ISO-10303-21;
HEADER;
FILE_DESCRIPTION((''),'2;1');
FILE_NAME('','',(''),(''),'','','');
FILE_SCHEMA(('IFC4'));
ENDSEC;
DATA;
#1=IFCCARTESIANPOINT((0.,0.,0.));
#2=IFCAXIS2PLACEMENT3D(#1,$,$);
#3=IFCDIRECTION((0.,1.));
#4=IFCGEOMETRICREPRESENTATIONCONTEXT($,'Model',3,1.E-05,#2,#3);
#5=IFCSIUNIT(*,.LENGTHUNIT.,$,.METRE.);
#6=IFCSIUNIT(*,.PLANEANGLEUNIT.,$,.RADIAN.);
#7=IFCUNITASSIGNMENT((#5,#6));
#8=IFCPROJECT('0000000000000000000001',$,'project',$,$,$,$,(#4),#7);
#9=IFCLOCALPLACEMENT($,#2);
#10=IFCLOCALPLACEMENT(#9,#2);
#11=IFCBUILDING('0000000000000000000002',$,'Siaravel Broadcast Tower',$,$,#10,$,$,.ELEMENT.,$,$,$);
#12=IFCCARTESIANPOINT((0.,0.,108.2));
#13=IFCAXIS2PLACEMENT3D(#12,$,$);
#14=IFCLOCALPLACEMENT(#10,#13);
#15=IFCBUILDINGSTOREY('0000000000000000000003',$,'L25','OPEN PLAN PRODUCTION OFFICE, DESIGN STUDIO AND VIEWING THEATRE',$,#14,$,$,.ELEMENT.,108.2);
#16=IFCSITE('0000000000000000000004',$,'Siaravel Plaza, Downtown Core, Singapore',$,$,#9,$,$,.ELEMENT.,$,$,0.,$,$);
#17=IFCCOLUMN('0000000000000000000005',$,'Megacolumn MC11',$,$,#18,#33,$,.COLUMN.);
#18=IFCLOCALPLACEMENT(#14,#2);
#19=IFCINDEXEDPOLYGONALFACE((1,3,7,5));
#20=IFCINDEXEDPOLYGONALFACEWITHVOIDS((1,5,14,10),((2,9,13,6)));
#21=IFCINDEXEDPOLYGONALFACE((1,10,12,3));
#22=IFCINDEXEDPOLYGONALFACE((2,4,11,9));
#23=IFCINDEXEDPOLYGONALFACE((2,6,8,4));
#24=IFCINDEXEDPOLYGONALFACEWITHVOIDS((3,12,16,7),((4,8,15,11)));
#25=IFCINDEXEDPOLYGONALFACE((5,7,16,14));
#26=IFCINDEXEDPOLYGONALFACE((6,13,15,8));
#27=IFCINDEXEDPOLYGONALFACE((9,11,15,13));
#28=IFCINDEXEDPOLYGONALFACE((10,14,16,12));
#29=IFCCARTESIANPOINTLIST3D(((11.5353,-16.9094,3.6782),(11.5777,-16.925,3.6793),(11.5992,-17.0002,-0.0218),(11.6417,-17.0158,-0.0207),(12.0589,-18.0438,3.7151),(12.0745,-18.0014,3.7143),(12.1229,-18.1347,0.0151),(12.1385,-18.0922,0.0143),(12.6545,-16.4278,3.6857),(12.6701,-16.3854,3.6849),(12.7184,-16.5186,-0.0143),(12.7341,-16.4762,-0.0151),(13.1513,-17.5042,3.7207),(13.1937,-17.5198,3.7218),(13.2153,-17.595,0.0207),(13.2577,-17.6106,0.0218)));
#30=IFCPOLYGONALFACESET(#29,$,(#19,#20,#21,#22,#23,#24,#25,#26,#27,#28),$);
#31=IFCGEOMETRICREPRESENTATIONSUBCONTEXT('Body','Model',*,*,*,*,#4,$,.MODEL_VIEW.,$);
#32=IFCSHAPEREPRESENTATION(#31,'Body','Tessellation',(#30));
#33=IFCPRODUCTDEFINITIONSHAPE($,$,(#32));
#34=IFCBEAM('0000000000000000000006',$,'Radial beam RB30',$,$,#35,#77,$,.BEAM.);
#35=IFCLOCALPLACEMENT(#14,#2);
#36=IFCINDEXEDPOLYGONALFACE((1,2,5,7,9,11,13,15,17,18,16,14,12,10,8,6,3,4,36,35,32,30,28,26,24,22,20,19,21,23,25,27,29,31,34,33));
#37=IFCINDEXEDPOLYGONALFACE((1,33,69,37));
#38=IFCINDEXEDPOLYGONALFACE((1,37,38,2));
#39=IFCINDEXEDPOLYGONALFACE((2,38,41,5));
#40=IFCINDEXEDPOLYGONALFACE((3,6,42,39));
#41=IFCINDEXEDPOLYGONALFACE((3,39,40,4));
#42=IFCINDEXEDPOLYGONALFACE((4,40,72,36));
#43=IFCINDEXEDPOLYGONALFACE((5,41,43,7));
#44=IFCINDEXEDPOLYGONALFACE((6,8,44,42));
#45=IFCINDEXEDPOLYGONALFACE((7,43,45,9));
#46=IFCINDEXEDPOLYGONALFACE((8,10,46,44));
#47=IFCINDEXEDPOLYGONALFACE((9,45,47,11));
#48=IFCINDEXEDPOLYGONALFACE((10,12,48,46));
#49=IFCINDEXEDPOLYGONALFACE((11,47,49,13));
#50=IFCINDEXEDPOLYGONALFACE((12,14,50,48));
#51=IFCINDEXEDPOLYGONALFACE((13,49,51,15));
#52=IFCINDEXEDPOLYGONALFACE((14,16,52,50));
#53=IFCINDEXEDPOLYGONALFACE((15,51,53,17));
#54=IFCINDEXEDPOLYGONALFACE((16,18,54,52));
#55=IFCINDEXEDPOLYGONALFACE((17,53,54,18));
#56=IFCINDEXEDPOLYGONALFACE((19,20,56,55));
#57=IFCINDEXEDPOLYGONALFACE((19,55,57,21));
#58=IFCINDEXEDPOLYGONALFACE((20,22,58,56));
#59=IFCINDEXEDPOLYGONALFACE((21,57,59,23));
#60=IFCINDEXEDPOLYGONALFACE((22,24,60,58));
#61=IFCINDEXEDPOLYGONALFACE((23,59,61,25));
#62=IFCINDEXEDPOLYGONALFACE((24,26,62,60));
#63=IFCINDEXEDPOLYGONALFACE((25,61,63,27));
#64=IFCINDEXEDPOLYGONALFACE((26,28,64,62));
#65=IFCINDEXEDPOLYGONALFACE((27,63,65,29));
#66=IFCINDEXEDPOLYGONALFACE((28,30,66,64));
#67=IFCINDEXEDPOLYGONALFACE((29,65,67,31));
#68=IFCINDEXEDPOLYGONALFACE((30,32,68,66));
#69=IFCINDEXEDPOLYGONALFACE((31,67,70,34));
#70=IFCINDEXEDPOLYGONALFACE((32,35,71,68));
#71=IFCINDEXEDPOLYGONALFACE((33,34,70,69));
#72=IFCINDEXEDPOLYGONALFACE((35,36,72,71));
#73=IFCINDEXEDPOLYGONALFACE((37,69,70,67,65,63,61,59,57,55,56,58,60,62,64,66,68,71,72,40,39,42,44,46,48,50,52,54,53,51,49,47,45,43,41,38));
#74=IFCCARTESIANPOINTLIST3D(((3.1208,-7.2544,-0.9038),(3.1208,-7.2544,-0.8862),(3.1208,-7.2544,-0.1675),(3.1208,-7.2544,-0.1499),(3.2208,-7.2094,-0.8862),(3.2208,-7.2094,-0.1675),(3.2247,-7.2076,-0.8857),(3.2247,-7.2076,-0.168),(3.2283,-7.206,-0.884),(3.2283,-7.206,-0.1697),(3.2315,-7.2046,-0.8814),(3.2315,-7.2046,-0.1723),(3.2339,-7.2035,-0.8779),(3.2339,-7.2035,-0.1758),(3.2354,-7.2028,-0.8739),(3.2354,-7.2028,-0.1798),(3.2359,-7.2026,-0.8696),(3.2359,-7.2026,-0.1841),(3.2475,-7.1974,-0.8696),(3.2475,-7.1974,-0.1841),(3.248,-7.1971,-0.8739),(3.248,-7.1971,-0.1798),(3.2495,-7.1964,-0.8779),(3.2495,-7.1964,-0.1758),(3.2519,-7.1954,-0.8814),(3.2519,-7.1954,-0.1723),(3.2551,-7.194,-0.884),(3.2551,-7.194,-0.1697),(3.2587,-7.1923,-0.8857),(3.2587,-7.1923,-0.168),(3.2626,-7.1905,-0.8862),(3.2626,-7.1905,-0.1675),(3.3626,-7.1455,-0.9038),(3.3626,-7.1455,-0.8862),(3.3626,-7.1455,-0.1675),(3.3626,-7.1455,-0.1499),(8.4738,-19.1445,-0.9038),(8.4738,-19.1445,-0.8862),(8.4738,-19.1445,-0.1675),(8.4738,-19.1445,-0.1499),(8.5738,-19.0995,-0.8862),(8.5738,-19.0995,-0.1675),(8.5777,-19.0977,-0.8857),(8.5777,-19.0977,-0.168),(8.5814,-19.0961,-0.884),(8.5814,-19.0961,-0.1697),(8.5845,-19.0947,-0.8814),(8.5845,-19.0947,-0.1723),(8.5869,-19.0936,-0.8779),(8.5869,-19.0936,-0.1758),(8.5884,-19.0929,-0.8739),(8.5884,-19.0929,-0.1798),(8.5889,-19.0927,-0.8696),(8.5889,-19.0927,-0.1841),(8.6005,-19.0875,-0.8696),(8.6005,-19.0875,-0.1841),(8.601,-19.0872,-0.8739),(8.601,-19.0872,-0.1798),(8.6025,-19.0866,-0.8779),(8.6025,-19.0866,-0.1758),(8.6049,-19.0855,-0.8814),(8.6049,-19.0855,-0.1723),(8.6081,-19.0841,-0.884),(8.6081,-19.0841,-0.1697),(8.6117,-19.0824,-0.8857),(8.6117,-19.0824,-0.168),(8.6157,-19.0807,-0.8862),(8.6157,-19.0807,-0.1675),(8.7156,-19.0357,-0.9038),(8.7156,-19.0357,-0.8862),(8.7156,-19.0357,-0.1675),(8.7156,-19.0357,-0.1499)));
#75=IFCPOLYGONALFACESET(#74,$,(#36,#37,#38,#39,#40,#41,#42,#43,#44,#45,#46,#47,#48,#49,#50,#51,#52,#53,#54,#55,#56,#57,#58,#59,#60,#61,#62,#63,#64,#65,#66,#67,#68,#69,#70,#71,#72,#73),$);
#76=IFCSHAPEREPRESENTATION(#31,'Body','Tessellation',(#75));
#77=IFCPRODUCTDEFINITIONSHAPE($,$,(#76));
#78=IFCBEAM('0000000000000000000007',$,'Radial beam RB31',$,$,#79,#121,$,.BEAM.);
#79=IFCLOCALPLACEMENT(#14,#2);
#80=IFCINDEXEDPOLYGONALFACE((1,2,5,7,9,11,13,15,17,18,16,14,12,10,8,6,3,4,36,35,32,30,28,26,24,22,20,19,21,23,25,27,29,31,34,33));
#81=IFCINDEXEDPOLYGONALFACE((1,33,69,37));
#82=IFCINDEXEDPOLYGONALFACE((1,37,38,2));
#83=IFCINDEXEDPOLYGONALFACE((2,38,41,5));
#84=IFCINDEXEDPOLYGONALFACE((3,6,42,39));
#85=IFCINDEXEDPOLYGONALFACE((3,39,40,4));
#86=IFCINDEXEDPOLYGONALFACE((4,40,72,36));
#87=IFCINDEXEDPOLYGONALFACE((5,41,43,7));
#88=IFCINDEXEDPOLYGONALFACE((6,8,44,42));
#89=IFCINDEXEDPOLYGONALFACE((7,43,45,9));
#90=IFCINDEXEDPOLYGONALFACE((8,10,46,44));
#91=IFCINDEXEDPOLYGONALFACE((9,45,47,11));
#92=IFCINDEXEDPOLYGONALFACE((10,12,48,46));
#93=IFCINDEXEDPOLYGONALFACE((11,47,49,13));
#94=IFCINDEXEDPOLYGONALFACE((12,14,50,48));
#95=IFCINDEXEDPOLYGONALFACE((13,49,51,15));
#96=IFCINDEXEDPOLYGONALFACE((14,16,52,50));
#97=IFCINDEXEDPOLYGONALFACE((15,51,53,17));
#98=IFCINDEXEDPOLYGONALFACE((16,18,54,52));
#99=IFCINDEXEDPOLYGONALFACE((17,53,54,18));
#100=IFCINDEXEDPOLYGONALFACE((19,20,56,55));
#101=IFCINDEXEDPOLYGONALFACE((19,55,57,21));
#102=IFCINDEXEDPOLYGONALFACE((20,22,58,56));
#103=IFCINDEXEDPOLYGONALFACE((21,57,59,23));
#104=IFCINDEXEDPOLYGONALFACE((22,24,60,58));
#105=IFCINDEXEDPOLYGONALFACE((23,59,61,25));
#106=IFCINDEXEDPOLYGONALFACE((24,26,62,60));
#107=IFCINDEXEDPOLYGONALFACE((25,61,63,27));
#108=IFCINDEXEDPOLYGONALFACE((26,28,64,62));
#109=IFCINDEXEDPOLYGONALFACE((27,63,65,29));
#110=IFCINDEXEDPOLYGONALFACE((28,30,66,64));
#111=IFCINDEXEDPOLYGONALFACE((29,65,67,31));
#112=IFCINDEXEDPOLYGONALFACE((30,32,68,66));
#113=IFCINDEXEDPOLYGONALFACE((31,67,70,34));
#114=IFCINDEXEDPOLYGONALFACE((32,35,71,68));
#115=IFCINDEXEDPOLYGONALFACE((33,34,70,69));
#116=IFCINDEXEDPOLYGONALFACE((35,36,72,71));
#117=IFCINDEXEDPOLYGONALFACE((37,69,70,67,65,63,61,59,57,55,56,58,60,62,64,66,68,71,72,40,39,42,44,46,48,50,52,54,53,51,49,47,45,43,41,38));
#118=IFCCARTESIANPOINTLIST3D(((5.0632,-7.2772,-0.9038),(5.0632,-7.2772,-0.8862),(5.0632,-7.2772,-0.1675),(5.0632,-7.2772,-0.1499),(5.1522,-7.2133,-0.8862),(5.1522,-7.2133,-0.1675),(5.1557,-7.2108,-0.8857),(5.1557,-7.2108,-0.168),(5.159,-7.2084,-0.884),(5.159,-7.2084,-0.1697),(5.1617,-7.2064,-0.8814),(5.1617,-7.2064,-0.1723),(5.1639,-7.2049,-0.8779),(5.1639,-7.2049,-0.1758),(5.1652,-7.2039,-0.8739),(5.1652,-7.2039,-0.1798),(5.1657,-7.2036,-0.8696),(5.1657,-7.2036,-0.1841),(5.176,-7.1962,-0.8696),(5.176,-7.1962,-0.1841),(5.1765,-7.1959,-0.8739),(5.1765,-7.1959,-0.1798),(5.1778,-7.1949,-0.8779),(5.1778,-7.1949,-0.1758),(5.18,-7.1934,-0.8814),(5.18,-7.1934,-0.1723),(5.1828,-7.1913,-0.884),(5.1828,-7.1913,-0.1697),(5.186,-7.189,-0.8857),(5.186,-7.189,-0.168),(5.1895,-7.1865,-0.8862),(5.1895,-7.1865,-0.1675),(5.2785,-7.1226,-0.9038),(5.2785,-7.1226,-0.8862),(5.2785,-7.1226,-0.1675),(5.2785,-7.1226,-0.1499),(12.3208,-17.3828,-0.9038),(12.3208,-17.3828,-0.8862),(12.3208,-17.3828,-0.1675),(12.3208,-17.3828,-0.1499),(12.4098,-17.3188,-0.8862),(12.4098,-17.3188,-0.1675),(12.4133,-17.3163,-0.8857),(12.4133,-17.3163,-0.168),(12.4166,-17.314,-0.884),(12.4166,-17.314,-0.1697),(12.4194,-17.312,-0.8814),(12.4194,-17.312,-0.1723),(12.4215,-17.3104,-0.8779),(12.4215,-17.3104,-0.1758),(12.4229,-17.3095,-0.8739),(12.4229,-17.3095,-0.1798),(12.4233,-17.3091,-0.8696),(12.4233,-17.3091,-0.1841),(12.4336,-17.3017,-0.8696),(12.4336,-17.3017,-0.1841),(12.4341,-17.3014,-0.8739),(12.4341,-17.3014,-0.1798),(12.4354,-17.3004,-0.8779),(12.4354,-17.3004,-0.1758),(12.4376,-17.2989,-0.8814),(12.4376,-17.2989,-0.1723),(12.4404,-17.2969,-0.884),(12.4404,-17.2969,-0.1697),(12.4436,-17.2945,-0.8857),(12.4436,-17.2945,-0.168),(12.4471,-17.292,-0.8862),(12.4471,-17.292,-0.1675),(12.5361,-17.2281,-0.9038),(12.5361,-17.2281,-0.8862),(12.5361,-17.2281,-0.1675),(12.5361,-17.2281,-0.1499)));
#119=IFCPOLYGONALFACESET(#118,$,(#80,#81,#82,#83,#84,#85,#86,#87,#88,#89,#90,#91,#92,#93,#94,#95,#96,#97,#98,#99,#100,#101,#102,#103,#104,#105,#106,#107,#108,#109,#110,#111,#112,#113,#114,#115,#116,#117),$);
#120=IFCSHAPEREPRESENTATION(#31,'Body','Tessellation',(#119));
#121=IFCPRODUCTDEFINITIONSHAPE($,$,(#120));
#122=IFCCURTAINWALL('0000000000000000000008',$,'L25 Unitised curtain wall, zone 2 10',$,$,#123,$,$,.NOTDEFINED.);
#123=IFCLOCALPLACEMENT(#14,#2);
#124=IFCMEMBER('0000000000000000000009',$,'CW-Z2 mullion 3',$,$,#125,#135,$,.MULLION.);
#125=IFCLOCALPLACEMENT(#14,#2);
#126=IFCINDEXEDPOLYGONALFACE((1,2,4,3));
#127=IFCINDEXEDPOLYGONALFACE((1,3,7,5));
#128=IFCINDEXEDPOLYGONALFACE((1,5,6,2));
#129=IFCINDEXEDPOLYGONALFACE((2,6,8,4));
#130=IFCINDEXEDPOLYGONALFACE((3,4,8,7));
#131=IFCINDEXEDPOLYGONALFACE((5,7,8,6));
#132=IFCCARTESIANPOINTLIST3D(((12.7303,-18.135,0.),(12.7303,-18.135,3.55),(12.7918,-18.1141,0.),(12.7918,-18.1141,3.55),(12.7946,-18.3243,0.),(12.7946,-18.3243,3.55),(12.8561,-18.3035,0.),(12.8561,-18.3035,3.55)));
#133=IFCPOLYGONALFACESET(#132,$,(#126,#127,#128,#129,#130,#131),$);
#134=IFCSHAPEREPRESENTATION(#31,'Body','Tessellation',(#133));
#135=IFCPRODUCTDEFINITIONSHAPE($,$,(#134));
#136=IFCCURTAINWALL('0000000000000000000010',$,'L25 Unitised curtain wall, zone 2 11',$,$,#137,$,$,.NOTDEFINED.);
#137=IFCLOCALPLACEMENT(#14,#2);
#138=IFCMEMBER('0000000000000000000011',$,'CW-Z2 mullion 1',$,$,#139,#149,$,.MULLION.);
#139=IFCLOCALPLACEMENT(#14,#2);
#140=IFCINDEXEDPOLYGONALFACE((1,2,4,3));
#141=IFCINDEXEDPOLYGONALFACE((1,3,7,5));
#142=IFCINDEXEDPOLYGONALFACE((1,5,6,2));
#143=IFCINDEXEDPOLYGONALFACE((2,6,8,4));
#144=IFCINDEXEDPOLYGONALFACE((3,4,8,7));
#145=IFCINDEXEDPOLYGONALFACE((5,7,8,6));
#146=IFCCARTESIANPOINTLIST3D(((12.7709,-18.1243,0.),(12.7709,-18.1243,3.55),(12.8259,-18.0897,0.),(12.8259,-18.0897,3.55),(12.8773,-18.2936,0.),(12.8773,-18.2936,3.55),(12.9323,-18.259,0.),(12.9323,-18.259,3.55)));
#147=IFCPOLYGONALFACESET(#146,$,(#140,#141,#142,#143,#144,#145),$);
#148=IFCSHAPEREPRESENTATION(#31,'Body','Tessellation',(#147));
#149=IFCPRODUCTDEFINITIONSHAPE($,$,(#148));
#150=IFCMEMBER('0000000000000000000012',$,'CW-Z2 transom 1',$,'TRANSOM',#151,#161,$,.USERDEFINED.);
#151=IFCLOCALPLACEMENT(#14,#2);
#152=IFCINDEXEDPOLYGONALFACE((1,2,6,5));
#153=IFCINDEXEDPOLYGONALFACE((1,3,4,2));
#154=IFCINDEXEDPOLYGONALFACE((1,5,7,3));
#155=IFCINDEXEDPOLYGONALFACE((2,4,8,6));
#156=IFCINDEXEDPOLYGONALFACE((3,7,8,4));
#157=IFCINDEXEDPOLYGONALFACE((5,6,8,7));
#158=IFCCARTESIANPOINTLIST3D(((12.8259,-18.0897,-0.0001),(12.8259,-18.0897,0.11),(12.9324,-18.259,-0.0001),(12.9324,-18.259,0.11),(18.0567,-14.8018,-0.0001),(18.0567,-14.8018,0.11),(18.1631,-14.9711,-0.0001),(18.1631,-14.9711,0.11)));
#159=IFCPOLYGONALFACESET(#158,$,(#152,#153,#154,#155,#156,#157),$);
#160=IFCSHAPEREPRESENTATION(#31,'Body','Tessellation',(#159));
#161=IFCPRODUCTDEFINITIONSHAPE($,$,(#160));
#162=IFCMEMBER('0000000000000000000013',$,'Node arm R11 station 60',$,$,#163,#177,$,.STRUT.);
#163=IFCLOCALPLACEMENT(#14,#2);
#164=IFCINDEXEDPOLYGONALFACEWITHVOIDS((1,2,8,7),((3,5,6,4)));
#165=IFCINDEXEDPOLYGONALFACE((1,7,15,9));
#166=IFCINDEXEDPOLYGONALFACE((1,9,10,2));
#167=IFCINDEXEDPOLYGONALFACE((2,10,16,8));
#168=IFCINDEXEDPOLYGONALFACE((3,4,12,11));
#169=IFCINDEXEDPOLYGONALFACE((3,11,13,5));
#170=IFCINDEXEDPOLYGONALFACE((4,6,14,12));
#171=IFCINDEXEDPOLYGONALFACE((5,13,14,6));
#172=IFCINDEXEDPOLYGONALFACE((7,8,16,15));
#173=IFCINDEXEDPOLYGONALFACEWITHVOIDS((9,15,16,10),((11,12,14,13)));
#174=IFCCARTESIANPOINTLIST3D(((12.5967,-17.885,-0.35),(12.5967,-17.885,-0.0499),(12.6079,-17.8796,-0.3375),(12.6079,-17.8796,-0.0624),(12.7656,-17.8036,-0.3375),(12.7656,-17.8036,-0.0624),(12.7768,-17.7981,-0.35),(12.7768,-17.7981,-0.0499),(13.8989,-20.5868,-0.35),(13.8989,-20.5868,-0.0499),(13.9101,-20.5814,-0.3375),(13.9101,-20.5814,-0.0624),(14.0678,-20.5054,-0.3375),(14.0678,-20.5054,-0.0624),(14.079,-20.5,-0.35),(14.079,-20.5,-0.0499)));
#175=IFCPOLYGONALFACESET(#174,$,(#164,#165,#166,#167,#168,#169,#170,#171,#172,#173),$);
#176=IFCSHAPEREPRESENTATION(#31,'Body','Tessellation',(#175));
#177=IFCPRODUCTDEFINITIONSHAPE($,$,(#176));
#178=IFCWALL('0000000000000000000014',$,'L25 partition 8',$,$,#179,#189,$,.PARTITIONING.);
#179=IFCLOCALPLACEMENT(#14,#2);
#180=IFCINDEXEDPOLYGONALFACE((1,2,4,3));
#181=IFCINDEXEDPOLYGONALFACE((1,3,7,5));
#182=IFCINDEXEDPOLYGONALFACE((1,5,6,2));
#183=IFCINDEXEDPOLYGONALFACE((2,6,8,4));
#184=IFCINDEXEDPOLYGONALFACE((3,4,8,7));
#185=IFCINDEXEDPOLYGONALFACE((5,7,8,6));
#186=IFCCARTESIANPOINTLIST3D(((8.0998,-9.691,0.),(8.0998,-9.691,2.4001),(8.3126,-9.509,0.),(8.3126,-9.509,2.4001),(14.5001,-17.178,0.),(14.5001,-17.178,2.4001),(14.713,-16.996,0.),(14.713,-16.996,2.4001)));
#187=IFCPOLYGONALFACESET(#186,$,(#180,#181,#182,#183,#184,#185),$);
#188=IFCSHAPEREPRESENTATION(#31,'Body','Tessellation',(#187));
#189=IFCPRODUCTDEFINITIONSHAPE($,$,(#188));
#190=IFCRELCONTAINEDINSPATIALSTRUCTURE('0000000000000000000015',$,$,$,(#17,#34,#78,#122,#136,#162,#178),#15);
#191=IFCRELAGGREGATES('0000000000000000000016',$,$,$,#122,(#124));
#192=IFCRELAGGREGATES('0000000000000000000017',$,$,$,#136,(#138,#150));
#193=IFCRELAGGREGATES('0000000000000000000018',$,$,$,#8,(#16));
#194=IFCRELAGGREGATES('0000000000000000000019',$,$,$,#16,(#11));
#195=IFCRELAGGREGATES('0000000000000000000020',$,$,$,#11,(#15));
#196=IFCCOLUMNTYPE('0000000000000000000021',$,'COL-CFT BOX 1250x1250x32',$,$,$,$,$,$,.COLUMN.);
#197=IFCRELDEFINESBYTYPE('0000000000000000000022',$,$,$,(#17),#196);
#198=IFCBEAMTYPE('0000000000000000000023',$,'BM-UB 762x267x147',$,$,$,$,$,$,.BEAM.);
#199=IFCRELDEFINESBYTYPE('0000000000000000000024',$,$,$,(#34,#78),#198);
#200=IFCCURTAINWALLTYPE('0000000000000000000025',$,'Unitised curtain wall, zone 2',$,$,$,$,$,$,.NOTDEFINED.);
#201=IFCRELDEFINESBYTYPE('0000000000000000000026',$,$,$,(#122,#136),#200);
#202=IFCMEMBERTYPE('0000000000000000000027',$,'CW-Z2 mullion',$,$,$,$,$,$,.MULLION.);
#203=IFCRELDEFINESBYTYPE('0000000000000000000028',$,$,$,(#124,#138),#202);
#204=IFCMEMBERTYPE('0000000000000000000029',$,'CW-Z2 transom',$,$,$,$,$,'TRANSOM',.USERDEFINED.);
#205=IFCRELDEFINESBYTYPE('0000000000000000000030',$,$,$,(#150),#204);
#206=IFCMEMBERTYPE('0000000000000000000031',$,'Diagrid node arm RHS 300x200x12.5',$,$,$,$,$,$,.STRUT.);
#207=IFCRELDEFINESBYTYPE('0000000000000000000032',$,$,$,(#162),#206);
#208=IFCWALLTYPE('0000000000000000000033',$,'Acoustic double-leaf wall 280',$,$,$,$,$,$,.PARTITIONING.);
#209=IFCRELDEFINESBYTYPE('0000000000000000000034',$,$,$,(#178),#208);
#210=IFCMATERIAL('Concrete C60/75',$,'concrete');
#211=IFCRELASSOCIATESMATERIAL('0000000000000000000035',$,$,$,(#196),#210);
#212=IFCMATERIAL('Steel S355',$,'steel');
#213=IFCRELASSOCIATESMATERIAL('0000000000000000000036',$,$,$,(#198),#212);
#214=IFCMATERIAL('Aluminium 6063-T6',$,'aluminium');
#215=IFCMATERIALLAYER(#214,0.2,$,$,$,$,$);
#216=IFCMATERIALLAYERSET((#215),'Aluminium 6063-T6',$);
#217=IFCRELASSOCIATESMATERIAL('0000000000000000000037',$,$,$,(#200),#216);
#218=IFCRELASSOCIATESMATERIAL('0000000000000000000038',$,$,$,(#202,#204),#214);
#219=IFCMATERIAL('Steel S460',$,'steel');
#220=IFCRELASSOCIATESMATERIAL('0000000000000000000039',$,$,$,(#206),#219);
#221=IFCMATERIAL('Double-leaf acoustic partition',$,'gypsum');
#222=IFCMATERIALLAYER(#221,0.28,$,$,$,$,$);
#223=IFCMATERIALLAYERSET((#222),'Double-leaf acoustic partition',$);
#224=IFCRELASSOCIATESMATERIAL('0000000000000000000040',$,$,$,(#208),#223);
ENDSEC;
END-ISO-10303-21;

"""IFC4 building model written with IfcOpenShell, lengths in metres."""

from ifc_helpers import new_model, si_unit, direction, frame, frame_2d, origin, origin_2d, place, context, subcontext, project, spatial, rectangle, hollow_rectangle, i_section, extrude, material, layer, layer_set, material_profile, profile_set, type_object, element, aggregate, save


model = new_model("IFC4")

# Units and contexts
model_context = context("Model", 3, precision=1e-05, world=origin(), true_north=direction((0.0, 1.0)))
body_context = subcontext(model_context, "Body", "Model", "MODEL_VIEW")
ifc_project = project(units=[si_unit("LENGTHUNIT", "METRE"), si_unit("PLANEANGLEUNIT", "RADIAN")], contexts=[model_context])

# Site, building, storey
site_placement = place(None, origin())
site = spatial("IfcSite", under=ifc_project, at=site_placement, Name="Siaravel Plaza, Downtown Core, Singapore", CompositionType="ELEMENT", RefElevation=0.0)
building_placement = place(site_placement, origin())
building = spatial("IfcBuilding", under=site, at=building_placement, Name="Siaravel Broadcast Tower", CompositionType="ELEMENT")
storey_placement = place(building_placement, frame((0.0, 0.0, 108.2)))
storey = spatial("IfcBuildingStorey", under=building, at=storey_placement, Name="L25", Description="OPEN PLAN PRODUCTION OFFICE, DESIGN STUDIO AND VIEWING THEATRE", CompositionType="ELEMENT", Elevation=108.2)

# Column
ifc_material_1 = material(Name="Concrete C60/75", Category="concrete")
ifc_material_profile_1 = material_profile(ifc_material_1, hollow_rectangle(XDim=1.25, YDim=1.25, WallThickness=0.032, at=origin_2d()))
ifc_profile_set_1 = profile_set([ifc_material_profile_1], Name="Concrete C60/75")
column_type = type_object("IfcColumnType", Name="COL-CFT BOX 1250x1250x32", PredefinedType="COLUMN", material=ifc_profile_set_1)
column_placement = place(storey_placement, frame((12.4285, -17.3054, 0.0), z_axis=(-0.01728, 0.024535, 0.99955), x_axis=(-0.907862, -0.419234, -0.005404)))
element("IfcColumn", 1, at=column_placement, inside=storey, type_object=column_type, Name="Megacolumn MC11", PredefinedType="COLUMN", context=body_context, shape_type="SweptSolid", body=[
    extrude(hollow_rectangle(XDim=1.25, YDim=1.25, WallThickness=0.032, at=origin_2d()), origin(), (0.0, 0.0, 1.0), 3.7017),
])

# Beams
ifc_material_2 = material(Name="Steel S355", Category="steel")
ifc_material_profile_2 = material_profile(ifc_material_2, i_section(OverallWidth=0.2651, OverallDepth=0.7539, WebThickness=0.0127, FlangeThickness=0.0176, FilletRadius=0.0166, at=origin_2d()))
ifc_profile_set_2 = profile_set([ifc_material_profile_2], Name="Steel S355")
beam_type = type_object("IfcBeamType", Name="BM-UB 762x267x147", PredefinedType="BEAM", material=ifc_profile_set_2)
beam_1_placement = place(storey_placement, frame((8.5947, -19.0901, -0.5269), z_axis=(-0.410522, 0.911851, 0.0), x_axis=(-0.911851, -0.410522, 0.0)))
element("IfcBeam", 2, at=beam_1_placement, inside=storey, type_object=beam_type, Name="Radial beam RB30", PredefinedType="BEAM", context=body_context, shape_type="SweptSolid", body=[
    extrude(i_section(OverallWidth=0.2651, OverallDepth=0.7539, WebThickness=0.0127, FlangeThickness=0.0176, FilletRadius=0.0166, at=origin_2d()), origin(), (0.0, 0.0, 1.0), 13.0396),
])
beam_2_placement = place(storey_placement, frame((12.4285, -17.3054, -0.5269), z_axis=(-0.583332, 0.812234, 0.0), x_axis=(-0.812234, -0.583332, 0.0)))
element("IfcBeam", 3, at=beam_2_placement, inside=storey, type_object=beam_type, Name="Radial beam RB31", PredefinedType="BEAM", context=body_context, shape_type="SweptSolid", body=[
    extrude(i_section(OverallWidth=0.2651, OverallDepth=0.7539, WebThickness=0.0127, FlangeThickness=0.0176, FilletRadius=0.0166, at=origin_2d()), origin(), (0.0, 0.0, 1.0), 12.4417),
])

# Curtain wall, member
ifc_material_3 = material(Name="Aluminium 6063-T6", Category="aluminium")
ifc_layer_1 = layer(ifc_material_3, 0.2)
ifc_layer_set_1 = layer_set([ifc_layer_1], Name="Aluminium 6063-T6")
curtain_wall_type = type_object("IfcCurtainWallType", Name="Unitised curtain wall, zone 2", PredefinedType="NOTDEFINED", material=ifc_layer_set_1)
curtain_wall_1_placement = place(storey_placement, origin())
curtain_wall_1 = element("IfcCurtainWall", 4, at=curtain_wall_1_placement, inside=storey, type_object=curtain_wall_type, Name="L25 Unitised curtain wall, zone 2 10", PredefinedType="NOTDEFINED")
ifc_material_profile_3 = material_profile(ifc_material_3, rectangle(XDim=0.2, YDim=0.0649, at=origin_2d()))
ifc_profile_set_3 = profile_set([ifc_material_profile_3], Name="Aluminium 6063-T6")
member_type_1 = type_object("IfcMemberType", Name="CW-Z2 mullion", PredefinedType="MULLION", material=ifc_profile_set_3)
member_1_placement = place(storey_placement, frame((12.7932, -18.2192, 0.0), z_axis=(0.0, 0.0, 1.0), x_axis=(-0.321301, 0.946977, 0.0)))
member_1 = element("IfcMember", 5, at=member_1_placement, type_object=member_type_1, Name="CW-Z2 mullion 3", PredefinedType="MULLION", context=body_context, shape_type="SweptSolid", body=[
    extrude(rectangle(XDim=0.2, YDim=0.0649, at=origin_2d()), origin(), (0.0, 0.0, 1.0), 3.55),
])
aggregate(curtain_wall_1, [member_1])

# Curtain wall, members
curtain_wall_2_placement = place(storey_placement, origin())
curtain_wall_2 = element("IfcCurtainWall", 6, at=curtain_wall_2_placement, inside=storey, type_object=curtain_wall_type, Name="L25 Unitised curtain wall, zone 2 11", PredefinedType="NOTDEFINED")
member_2_placement = place(storey_placement, frame((12.8516, -18.1917, 0.0), z_axis=(0.0, 0.0, 1.0), x_axis=(-0.532149, 0.846651, 0.0)))
member_2 = element("IfcMember", 7, at=member_2_placement, type_object=member_type_1, Name="CW-Z2 mullion 1", PredefinedType="MULLION", context=body_context, shape_type="SweptSolid", body=[
    extrude(rectangle(XDim=0.2, YDim=0.0649, at=origin_2d()), origin(), (0.0, 0.0, 1.0), 3.55),
])
ifc_material_profile_4 = material_profile(ifc_material_3, rectangle(XDim=0.2, YDim=0.1101, at=origin_2d()))
ifc_profile_set_4 = profile_set([ifc_material_profile_4], Name="Aluminium 6063-T6")
member_type_2 = type_object("IfcMemberType", Name="CW-Z2 transom", ElementType="TRANSOM", PredefinedType="USERDEFINED", material=ifc_profile_set_4)
member_3_placement = place(storey_placement, frame((12.8792, -18.1743, 0.0549), z_axis=(0.846639, 0.532167, 0.0), x_axis=(-0.532167, 0.846639, 0.0)))
member_3 = element("IfcMember", 8, at=member_3_placement, type_object=member_type_2, Name="CW-Z2 transom 1", ObjectType="TRANSOM", PredefinedType="USERDEFINED", context=body_context, shape_type="SweptSolid", body=[
    extrude(rectangle(XDim=0.2, YDim=0.1101, at=origin_2d()), origin(), (0.0, 0.0, 1.0), 6.1782),
])
aggregate(curtain_wall_2, [member_2, member_3])

# Member
ifc_material_4 = material(Name="Steel S460", Category="steel")
ifc_material_profile_5 = material_profile(ifc_material_4, hollow_rectangle(XDim=0.2, YDim=0.3, WallThickness=0.0125, at=origin_2d()))
ifc_profile_set_5 = profile_set([ifc_material_profile_5], Name="Steel S460")
member_type_3 = type_object("IfcMemberType", Name="Diagrid node arm RHS 300x200x12.5", PredefinedType="STRUT", material=ifc_profile_set_5)
member_4_placement = place(storey_placement, frame((12.6868, -17.8416, -0.2), z_axis=(0.434175, -0.900828, 0.0), x_axis=(0.900828, 0.434175, 0.0)))
element("IfcMember", 9, at=member_4_placement, inside=storey, type_object=member_type_3, Name="Node arm R11 station 60", PredefinedType="STRUT", context=body_context, shape_type="SweptSolid", body=[
    extrude(hollow_rectangle(XDim=0.2, YDim=0.3, WallThickness=0.0125, at=origin_2d()), origin(), (0.0, 0.0, 1.0), 2.9993),
])

# Wall
ifc_material_5 = material(Name="Double-leaf acoustic partition", Category="gypsum")
ifc_layer_2 = layer(ifc_material_5, 0.28)
ifc_layer_set_2 = layer_set([ifc_layer_2], Name="Double-leaf acoustic partition")
wall_type_1 = type_object("IfcWallType", Name="Acoustic double-leaf wall 280", PredefinedType="PARTITIONING", material=ifc_layer_set_2)
wall_1_placement = place(storey_placement, frame((8.2063, -9.6001, 0.0), z_axis=(0.0, 0.0, 1.0), x_axis=(0.649791, -0.760113, 0.0)))
element("IfcWall", 10, at=wall_1_placement, inside=storey, type_object=wall_type_1, Name="L25 partition 8", PredefinedType="PARTITIONING", context=body_context, shape_type="SweptSolid", body=[
    extrude(rectangle(XDim=9.8499, YDim=0.28, at=frame_2d((4.9248, 0.0))), origin(), (0.0, 0.0, 1.0), 2.4001),
])

save(model, "model.ifc")
